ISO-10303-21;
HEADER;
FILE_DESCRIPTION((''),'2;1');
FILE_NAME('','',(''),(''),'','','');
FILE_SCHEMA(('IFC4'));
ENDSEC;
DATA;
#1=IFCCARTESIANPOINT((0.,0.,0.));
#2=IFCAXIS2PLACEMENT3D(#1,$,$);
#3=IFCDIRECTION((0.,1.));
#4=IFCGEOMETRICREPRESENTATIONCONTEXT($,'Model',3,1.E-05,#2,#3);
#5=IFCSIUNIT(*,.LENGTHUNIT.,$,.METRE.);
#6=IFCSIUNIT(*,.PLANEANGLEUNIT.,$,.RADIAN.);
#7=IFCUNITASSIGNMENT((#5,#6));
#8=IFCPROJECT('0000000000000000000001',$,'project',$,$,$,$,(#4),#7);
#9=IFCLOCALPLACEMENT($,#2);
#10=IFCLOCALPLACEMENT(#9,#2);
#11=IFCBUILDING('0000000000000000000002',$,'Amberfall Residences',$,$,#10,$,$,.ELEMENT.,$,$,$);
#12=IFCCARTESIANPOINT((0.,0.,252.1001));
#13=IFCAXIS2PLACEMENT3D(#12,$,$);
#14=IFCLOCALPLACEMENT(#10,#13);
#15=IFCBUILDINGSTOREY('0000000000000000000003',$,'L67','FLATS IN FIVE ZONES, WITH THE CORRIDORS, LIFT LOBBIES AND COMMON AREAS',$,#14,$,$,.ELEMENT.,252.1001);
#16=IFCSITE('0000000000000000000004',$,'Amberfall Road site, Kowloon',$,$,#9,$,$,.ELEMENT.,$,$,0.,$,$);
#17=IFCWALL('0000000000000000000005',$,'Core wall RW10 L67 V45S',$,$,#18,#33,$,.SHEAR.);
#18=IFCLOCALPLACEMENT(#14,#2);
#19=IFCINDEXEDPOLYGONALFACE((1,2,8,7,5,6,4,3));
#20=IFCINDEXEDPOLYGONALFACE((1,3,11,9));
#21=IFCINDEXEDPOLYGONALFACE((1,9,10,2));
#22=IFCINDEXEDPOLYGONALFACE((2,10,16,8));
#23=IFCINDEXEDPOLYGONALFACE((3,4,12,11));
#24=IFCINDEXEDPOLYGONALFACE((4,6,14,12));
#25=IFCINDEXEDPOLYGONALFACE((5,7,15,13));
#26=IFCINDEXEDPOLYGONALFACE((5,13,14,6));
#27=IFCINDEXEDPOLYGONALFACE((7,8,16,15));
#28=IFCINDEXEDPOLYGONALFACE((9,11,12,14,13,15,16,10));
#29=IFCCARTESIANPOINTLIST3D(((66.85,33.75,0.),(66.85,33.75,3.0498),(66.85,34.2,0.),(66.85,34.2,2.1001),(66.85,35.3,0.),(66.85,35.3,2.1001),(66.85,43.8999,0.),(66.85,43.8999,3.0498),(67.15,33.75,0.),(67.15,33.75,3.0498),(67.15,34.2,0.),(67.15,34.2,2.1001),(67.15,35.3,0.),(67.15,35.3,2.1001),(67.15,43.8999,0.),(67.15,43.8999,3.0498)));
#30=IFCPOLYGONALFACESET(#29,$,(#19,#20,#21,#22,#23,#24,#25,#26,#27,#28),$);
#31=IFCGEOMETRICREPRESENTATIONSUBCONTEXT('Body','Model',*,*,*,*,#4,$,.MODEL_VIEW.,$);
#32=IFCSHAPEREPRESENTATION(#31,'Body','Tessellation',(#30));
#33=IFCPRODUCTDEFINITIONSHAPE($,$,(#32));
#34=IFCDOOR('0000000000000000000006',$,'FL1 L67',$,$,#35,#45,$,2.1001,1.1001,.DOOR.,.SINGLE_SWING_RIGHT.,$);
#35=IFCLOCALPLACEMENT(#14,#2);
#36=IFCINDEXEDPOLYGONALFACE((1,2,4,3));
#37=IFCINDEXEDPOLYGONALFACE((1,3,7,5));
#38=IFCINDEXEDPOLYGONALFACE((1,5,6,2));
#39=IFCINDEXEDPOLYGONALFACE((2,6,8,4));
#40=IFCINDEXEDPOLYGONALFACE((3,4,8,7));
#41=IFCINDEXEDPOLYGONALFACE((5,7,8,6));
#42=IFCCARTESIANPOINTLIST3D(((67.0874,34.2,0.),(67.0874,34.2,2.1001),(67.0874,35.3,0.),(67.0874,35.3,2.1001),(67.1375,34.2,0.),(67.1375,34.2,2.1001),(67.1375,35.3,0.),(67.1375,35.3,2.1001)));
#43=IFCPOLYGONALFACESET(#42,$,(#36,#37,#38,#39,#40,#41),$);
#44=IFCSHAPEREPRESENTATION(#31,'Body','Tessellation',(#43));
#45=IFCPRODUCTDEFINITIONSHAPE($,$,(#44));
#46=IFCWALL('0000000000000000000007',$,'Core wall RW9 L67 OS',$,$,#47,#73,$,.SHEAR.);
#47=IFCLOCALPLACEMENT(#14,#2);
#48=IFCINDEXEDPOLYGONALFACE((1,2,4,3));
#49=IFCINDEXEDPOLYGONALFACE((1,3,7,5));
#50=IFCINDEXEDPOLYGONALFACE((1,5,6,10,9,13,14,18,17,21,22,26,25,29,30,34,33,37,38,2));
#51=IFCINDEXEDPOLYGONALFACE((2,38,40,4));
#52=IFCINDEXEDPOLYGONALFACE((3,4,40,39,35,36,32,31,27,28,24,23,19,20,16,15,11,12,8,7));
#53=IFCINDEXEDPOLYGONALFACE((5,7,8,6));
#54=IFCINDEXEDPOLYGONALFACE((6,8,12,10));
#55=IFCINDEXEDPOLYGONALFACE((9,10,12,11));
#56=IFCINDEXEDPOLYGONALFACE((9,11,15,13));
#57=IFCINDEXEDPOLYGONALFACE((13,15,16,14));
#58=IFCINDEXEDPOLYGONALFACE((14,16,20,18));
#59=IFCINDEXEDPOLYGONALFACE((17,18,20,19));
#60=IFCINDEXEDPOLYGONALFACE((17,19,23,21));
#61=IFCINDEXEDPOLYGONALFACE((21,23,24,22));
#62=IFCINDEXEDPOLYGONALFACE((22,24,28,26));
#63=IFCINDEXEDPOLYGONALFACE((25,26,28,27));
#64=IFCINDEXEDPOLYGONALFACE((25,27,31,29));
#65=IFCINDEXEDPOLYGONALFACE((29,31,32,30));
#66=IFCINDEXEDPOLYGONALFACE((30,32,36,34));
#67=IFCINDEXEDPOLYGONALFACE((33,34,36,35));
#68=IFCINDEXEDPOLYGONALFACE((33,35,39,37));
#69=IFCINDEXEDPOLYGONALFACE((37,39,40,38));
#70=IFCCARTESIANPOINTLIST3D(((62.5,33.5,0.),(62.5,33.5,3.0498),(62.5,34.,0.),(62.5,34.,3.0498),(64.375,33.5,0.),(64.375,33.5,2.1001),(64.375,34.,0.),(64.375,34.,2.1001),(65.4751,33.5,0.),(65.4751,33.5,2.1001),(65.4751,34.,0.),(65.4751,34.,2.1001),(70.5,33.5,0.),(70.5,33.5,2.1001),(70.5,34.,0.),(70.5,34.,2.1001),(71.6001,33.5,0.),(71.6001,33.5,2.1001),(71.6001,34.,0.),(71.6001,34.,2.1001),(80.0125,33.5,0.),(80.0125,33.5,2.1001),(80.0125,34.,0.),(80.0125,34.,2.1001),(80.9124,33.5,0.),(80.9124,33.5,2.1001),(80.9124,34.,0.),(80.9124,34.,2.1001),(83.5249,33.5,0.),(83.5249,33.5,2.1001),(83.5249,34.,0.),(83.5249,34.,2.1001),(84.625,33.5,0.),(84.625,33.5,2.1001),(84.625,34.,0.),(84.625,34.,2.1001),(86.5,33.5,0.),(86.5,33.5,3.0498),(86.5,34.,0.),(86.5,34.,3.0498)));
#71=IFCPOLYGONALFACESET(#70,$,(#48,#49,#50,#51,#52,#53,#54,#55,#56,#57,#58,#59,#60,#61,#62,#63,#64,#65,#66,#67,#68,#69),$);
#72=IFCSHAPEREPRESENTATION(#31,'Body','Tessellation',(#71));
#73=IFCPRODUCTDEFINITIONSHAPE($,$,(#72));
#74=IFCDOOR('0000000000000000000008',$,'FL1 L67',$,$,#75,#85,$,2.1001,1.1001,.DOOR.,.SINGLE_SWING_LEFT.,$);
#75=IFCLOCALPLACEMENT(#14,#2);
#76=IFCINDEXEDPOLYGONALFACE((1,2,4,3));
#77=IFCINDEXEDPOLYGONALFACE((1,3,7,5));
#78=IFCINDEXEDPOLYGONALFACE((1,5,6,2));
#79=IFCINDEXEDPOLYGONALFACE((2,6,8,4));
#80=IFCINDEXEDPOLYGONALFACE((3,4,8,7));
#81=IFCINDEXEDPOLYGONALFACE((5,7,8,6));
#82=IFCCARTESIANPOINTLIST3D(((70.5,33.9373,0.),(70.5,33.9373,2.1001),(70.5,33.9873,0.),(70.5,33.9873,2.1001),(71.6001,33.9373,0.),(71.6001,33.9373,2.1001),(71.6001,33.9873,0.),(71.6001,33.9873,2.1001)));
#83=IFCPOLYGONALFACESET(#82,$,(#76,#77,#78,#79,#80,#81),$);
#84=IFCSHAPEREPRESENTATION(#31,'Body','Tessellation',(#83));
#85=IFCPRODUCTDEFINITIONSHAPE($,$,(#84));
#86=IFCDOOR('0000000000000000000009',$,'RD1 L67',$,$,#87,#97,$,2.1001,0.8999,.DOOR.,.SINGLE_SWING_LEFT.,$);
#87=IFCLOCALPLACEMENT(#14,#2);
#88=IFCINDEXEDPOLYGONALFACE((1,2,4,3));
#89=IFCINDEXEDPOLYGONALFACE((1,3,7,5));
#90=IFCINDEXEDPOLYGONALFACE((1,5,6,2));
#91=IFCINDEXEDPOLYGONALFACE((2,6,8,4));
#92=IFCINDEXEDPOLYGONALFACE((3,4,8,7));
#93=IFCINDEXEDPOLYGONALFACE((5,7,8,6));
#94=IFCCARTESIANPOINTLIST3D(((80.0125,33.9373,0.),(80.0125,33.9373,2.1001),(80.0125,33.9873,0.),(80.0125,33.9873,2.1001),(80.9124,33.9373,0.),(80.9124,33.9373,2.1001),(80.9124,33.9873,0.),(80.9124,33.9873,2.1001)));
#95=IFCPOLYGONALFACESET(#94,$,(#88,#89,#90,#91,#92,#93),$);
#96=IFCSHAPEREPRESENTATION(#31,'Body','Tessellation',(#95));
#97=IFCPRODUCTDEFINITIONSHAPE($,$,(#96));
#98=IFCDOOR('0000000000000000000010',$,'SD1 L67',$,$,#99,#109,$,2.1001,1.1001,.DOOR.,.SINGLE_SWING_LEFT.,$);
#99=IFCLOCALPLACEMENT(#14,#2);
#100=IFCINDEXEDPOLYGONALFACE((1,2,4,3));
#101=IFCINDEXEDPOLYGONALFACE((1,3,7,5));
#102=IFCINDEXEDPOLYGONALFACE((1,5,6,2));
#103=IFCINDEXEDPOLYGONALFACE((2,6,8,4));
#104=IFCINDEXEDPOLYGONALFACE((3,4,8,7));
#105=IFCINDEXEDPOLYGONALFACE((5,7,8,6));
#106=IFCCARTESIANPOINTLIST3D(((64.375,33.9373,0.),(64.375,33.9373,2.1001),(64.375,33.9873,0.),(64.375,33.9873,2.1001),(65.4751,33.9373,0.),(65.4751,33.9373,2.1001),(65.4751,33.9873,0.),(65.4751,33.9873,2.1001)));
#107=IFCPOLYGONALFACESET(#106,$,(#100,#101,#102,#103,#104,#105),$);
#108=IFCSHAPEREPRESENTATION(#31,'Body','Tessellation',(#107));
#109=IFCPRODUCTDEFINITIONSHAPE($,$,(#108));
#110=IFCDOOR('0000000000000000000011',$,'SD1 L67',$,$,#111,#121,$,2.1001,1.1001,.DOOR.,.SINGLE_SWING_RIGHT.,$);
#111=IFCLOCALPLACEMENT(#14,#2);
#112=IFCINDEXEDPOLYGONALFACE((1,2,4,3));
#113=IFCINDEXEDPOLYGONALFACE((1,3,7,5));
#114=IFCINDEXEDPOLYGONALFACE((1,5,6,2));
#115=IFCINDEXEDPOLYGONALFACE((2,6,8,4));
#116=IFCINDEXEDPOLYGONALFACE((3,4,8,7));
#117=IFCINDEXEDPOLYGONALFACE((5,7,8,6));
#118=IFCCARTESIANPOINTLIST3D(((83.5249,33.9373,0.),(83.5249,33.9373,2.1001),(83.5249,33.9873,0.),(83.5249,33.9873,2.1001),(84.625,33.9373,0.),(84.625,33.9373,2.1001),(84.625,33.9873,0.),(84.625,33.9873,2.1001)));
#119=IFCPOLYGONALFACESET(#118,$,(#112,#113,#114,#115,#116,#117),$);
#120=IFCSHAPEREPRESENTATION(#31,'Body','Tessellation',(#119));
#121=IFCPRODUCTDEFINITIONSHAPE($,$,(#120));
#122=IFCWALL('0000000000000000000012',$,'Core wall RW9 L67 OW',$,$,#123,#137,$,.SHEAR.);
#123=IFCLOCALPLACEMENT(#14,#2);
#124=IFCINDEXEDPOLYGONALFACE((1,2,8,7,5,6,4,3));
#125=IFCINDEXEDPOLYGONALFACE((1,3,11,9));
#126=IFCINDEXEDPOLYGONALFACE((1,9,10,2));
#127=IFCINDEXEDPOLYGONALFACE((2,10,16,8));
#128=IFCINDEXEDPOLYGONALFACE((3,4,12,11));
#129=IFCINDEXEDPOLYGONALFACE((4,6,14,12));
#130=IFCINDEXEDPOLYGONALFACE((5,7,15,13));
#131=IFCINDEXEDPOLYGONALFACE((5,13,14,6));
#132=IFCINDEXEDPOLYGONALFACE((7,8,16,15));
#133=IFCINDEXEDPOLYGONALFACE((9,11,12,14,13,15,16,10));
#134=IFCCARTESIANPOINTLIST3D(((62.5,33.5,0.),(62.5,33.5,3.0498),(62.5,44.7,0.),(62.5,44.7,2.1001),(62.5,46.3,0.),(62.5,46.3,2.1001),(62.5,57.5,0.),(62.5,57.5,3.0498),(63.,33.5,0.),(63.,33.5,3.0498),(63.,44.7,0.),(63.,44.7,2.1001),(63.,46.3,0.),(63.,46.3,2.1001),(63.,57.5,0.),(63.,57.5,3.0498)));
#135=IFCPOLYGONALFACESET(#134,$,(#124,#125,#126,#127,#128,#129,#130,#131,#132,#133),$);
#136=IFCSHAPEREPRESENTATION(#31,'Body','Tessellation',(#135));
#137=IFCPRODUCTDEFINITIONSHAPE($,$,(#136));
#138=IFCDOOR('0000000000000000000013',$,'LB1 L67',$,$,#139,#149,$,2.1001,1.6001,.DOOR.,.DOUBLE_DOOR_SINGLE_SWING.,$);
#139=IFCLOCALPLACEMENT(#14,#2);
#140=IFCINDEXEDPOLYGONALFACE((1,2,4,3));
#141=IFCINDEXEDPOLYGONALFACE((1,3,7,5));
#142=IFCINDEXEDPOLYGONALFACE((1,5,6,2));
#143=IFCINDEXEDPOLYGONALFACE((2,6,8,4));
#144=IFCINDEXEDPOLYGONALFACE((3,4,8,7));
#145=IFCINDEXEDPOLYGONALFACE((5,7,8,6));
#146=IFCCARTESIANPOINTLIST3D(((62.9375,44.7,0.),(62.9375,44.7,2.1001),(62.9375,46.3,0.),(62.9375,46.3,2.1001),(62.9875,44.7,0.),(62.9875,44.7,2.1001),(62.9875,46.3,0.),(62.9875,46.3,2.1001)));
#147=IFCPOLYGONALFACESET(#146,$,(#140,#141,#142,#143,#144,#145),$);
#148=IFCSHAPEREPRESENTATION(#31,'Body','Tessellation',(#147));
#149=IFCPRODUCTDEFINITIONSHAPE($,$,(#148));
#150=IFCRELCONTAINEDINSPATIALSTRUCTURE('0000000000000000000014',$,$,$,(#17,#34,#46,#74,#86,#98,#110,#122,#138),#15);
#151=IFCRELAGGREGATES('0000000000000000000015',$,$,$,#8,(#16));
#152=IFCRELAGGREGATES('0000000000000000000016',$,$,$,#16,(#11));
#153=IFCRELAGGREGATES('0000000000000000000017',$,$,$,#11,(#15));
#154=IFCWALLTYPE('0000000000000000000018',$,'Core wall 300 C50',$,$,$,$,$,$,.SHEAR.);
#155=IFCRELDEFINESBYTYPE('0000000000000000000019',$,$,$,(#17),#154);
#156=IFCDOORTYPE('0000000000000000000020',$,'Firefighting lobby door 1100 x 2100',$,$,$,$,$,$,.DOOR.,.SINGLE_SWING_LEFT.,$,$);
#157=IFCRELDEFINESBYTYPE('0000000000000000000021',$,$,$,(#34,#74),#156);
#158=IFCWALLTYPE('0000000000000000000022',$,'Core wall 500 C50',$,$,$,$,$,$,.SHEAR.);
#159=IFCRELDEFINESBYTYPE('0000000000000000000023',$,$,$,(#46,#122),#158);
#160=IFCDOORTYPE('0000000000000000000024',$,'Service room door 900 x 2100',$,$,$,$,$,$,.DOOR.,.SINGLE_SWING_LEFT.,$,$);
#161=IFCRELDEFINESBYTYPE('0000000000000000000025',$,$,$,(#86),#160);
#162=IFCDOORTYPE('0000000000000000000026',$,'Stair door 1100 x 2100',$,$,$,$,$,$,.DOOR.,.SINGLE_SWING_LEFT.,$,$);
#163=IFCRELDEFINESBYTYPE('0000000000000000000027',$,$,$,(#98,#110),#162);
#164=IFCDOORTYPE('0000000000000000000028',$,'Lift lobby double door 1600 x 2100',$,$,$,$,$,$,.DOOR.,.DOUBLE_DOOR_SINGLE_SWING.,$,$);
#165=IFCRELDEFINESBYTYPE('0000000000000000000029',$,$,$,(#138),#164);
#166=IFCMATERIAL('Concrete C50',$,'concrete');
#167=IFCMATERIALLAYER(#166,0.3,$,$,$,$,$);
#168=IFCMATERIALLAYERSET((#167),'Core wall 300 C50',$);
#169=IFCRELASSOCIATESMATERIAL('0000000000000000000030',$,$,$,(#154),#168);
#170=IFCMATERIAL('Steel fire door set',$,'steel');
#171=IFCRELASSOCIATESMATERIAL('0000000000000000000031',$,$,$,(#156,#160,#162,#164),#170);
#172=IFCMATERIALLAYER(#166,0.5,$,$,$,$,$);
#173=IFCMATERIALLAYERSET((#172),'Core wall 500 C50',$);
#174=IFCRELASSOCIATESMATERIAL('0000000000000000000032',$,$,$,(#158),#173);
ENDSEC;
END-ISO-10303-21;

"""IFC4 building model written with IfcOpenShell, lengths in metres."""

from ifc_helpers import new_model, si_unit, direction, frame, frame_2d, origin, place, context, subcontext, project, spatial, rectangle, extrude, material, layer, layer_set, type_object, element, fill, save


model = new_model("IFC4")

# Units and contexts
model_context = context("Model", 3, precision=1e-05, world=origin(), true_north=direction((0.0, 1.0)))
body_context = subcontext(model_context, "Body", "Model", "MODEL_VIEW")
ifc_project = project(units=[si_unit("LENGTHUNIT", "METRE"), si_unit("PLANEANGLEUNIT", "RADIAN")], contexts=[model_context])

# Site, building, storey
site_placement = place(None, origin())
site = spatial("IfcSite", under=ifc_project, at=site_placement, Name="Amberfall Road site, Kowloon", CompositionType="ELEMENT", RefElevation=0.0)
building_placement = place(site_placement, origin())
building = spatial("IfcBuilding", under=site, at=building_placement, Name="Amberfall Residences", CompositionType="ELEMENT")
storey_placement = place(building_placement, frame((0.0, 0.0, 252.1001)))
storey = spatial("IfcBuildingStorey", under=building, at=storey_placement, Name="L67", Description="FLATS IN FIVE ZONES, WITH THE CORRIDORS, LIFT LOBBIES AND COMMON AREAS", CompositionType="ELEMENT", Elevation=252.1001)

# Wall, opening, door
ifc_material_1 = material(Name="Concrete C50", Category="concrete")
ifc_layer_1 = layer(ifc_material_1, 0.3)
ifc_layer_set_1 = layer_set([ifc_layer_1], Name="Core wall 300 C50")
wall_type_1 = type_object("IfcWallType", Name="Core wall 300 C50", PredefinedType="SHEAR", material=ifc_layer_set_1)
wall_1_placement = place(storey_placement, frame((67.0, 33.75, 0.0), z_axis=(0.0, 0.0, 1.0), x_axis=(0.0, 1.0, 0.0)))
wall_1 = element("IfcWall", 1, at=wall_1_placement, inside=storey, type_object=wall_type_1, Name="Core wall RW10 L67 V45S", PredefinedType="SHEAR", context=body_context, shape_type="SweptSolid", body=[
    extrude(rectangle(XDim=10.1499, YDim=0.3, at=frame_2d((5.075, 0.0))), origin(), (0.0, 0.0, 1.0), 3.0498),
])
opening_1_placement = place(wall_1_placement, frame((0.45, 0.0, 0.0)))
opening_1 = element("IfcOpeningElement", 2, at=opening_1_placement, cuts=wall_1, PredefinedType="OPENING", context=body_context, shape_type="SweptSolid", body=[
    extrude(rectangle(XDim=1.1001, YDim=2.1001, at=frame_2d((0.55, 1.05))), frame((0.0, 0.1599, 0.0), z_axis=(0.0, -1.0, 0.0), x_axis=(1.0, 0.0, 0.0)), (0.0, 0.0, 1.0), 0.3201),
])
ifc_material_2 = material(Name="Steel fire door set", Category="steel")
door_type_1 = type_object("IfcDoorType", Name="Firefighting lobby door 1100 x 2100", OperationType="SINGLE_SWING_LEFT", PredefinedType="DOOR", material=ifc_material_2)
door_1_placement = place(opening_1_placement, origin())
door_1 = element("IfcDoor", 3, at=door_1_placement, inside=storey, type_object=door_type_1, Name="FL1 L67", OperationType="SINGLE_SWING_RIGHT", OverallHeight=2.1001, OverallWidth=1.1001, PredefinedType="DOOR", context=body_context, shape_type="SweptSolid", body=[
    extrude(rectangle(XDim=1.1001, YDim=2.1001, at=frame_2d((0.55, 1.05))), frame((0.0, -0.0874, 0.0), z_axis=(0.0, -1.0, 0.0), x_axis=(1.0, 0.0, 0.0)), (0.0, 0.0, 1.0), 0.05),
])
fill(opening_1, door_1)

# Wall, openings, doors
ifc_layer_2 = layer(ifc_material_1, 0.5)
ifc_layer_set_2 = layer_set([ifc_layer_2], Name="Core wall 500 C50")
wall_type_2 = type_object("IfcWallType", Name="Core wall 500 C50", PredefinedType="SHEAR", material=ifc_layer_set_2)
wall_2_placement = place(storey_placement, frame((62.5, 33.75, 0.0), z_axis=(0.0, 0.0, 1.0), x_axis=(1.0, 0.0, 0.0)))
wall_2 = element("IfcWall", 4, at=wall_2_placement, inside=storey, type_object=wall_type_2, Name="Core wall RW9 L67 OS", PredefinedType="SHEAR", context=body_context, shape_type="SweptSolid", body=[
    extrude(rectangle(XDim=24.0, YDim=0.5, at=frame_2d((12.0, 0.0))), origin(), (0.0, 0.0, 1.0), 3.0498),
])
opening_2_placement = place(wall_2_placement, frame((1.875, 0.0, 0.0)))
opening_2 = element("IfcOpeningElement", 5, at=opening_2_placement, cuts=wall_2, PredefinedType="OPENING", context=body_context, shape_type="SweptSolid", body=[
    extrude(rectangle(XDim=1.1001, YDim=2.1001, at=frame_2d((0.55, 1.05))), frame((0.0, 0.26, 0.0), z_axis=(0.0, -1.0, 0.0), x_axis=(1.0, 0.0, 0.0)), (0.0, 0.0, 1.0), 0.52),
])
opening_3_placement = place(wall_2_placement, frame((21.0249, 0.0, 0.0)))
opening_3 = element("IfcOpeningElement", 6, at=opening_3_placement, cuts=wall_2, PredefinedType="OPENING", context=body_context, shape_type="SweptSolid", body=[
    extrude(rectangle(XDim=1.1001, YDim=2.1001, at=frame_2d((0.55, 1.05))), frame((0.0, 0.26, 0.0), z_axis=(0.0, -1.0, 0.0), x_axis=(1.0, 0.0, 0.0)), (0.0, 0.0, 1.0), 0.52),
])
opening_4_placement = place(wall_2_placement, frame((8.0, 0.0, 0.0)))
opening_4 = element("IfcOpeningElement", 7, at=opening_4_placement, cuts=wall_2, PredefinedType="OPENING", context=body_context, shape_type="SweptSolid", body=[
    extrude(rectangle(XDim=1.1001, YDim=2.1001, at=frame_2d((0.55, 1.05))), frame((0.0, 0.26, 0.0), z_axis=(0.0, -1.0, 0.0), x_axis=(1.0, 0.0, 0.0)), (0.0, 0.0, 1.0), 0.52),
])
opening_5_placement = place(wall_2_placement, frame((17.5125, 0.0, 0.0)))
opening_5 = element("IfcOpeningElement", 8, at=opening_5_placement, cuts=wall_2, PredefinedType="OPENING", context=body_context, shape_type="SweptSolid", body=[
    extrude(rectangle(XDim=0.8999, YDim=2.1001, at=frame_2d((0.45, 1.05))), frame((0.0, 0.26, 0.0), z_axis=(0.0, -1.0, 0.0), x_axis=(1.0, 0.0, 0.0)), (0.0, 0.0, 1.0), 0.52),
])
door_2_placement = place(opening_4_placement, origin())
door_2 = element("IfcDoor", 9, at=door_2_placement, inside=storey, type_object=door_type_1, Name="FL1 L67", OperationType="SINGLE_SWING_LEFT", OverallHeight=2.1001, OverallWidth=1.1001, PredefinedType="DOOR", context=body_context, shape_type="SweptSolid", body=[
    extrude(rectangle(XDim=1.1001, YDim=2.1001, at=frame_2d((0.55, 1.05))), frame((0.0, 0.2373, 0.0), z_axis=(0.0, -1.0, 0.0), x_axis=(1.0, 0.0, 0.0)), (0.0, 0.0, 1.0), 0.05),
])
fill(opening_4, door_2)
door_type_2 = type_object("IfcDoorType", Name="Service room door 900 x 2100", OperationType="SINGLE_SWING_LEFT", PredefinedType="DOOR", material=ifc_material_2)
door_3_placement = place(opening_5_placement, origin())
door_3 = element("IfcDoor", 10, at=door_3_placement, inside=storey, type_object=door_type_2, Name="RD1 L67", OperationType="SINGLE_SWING_LEFT", OverallHeight=2.1001, OverallWidth=0.8999, PredefinedType="DOOR", context=body_context, shape_type="SweptSolid", body=[
    extrude(rectangle(XDim=0.8999, YDim=2.1001, at=frame_2d((0.45, 1.05))), frame((0.0, 0.2373, 0.0), z_axis=(0.0, -1.0, 0.0), x_axis=(1.0, 0.0, 0.0)), (0.0, 0.0, 1.0), 0.05),
])
fill(opening_5, door_3)
door_type_3 = type_object("IfcDoorType", Name="Stair door 1100 x 2100", OperationType="SINGLE_SWING_LEFT", PredefinedType="DOOR", material=ifc_material_2)
door_4_placement = place(opening_2_placement, origin())
door_4 = element("IfcDoor", 11, at=door_4_placement, inside=storey, type_object=door_type_3, Name="SD1 L67", OperationType="SINGLE_SWING_LEFT", OverallHeight=2.1001, OverallWidth=1.1001, PredefinedType="DOOR", context=body_context, shape_type="SweptSolid", body=[
    extrude(rectangle(XDim=1.1001, YDim=2.1001, at=frame_2d((0.55, 1.05))), frame((0.0, 0.2373, 0.0), z_axis=(0.0, -1.0, 0.0), x_axis=(1.0, 0.0, 0.0)), (0.0, 0.0, 1.0), 0.05),
])
fill(opening_2, door_4)
door_5_placement = place(opening_3_placement, origin())
door_5 = element("IfcDoor", 12, at=door_5_placement, inside=storey, type_object=door_type_3, Name="SD1 L67", OperationType="SINGLE_SWING_RIGHT", OverallHeight=2.1001, OverallWidth=1.1001, PredefinedType="DOOR", context=body_context, shape_type="SweptSolid", body=[
    extrude(rectangle(XDim=1.1001, YDim=2.1001, at=frame_2d((0.55, 1.05))), frame((0.0, 0.2373, 0.0), z_axis=(0.0, -1.0, 0.0), x_axis=(1.0, 0.0, 0.0)), (0.0, 0.0, 1.0), 0.05),
])
fill(opening_3, door_5)

# Wall, opening, door
wall_3_placement = place(storey_placement, frame((62.75, 33.5, 0.0), z_axis=(0.0, 0.0, 1.0), x_axis=(0.0, 1.0, 0.0)))
wall_3 = element("IfcWall", 13, at=wall_3_placement, inside=storey, type_object=wall_type_2, Name="Core wall RW9 L67 OW", PredefinedType="SHEAR", context=body_context, shape_type="SweptSolid", body=[
    extrude(rectangle(XDim=24.0, YDim=0.5, at=frame_2d((12.0, 0.0))), origin(), (0.0, 0.0, 1.0), 3.0498),
])
opening_6_placement = place(wall_3_placement, frame((11.2, 0.0, 0.0)))
opening_6 = element("IfcOpeningElement", 14, at=opening_6_placement, cuts=wall_3, PredefinedType="OPENING", context=body_context, shape_type="SweptSolid", body=[
    extrude(rectangle(XDim=1.6001, YDim=2.1001, at=frame_2d((0.8, 1.05))), frame((0.0, 0.26, 0.0), z_axis=(0.0, -1.0, 0.0), x_axis=(1.0, 0.0, 0.0)), (0.0, 0.0, 1.0), 0.52),
])
door_type_4 = type_object("IfcDoorType", Name="Lift lobby double door 1600 x 2100", OperationType="DOUBLE_DOOR_SINGLE_SWING", PredefinedType="DOOR", material=ifc_material_2)
door_6_placement = place(opening_6_placement, origin())
door_6 = element("IfcDoor", 15, at=door_6_placement, inside=storey, type_object=door_type_4, Name="LB1 L67", OperationType="DOUBLE_DOOR_SINGLE_SWING", OverallHeight=2.1001, OverallWidth=1.6001, PredefinedType="DOOR", context=body_context, shape_type="SweptSolid", body=[
    extrude(rectangle(XDim=1.6001, YDim=2.1001, at=frame_2d((0.8, 1.05))), frame((0.0, -0.1875, 0.0), z_axis=(0.0, -1.0, 0.0), x_axis=(1.0, 0.0, 0.0)), (0.0, 0.0, 1.0), 0.05),
])
fill(opening_6, door_6)

save(model, "model.ifc")
